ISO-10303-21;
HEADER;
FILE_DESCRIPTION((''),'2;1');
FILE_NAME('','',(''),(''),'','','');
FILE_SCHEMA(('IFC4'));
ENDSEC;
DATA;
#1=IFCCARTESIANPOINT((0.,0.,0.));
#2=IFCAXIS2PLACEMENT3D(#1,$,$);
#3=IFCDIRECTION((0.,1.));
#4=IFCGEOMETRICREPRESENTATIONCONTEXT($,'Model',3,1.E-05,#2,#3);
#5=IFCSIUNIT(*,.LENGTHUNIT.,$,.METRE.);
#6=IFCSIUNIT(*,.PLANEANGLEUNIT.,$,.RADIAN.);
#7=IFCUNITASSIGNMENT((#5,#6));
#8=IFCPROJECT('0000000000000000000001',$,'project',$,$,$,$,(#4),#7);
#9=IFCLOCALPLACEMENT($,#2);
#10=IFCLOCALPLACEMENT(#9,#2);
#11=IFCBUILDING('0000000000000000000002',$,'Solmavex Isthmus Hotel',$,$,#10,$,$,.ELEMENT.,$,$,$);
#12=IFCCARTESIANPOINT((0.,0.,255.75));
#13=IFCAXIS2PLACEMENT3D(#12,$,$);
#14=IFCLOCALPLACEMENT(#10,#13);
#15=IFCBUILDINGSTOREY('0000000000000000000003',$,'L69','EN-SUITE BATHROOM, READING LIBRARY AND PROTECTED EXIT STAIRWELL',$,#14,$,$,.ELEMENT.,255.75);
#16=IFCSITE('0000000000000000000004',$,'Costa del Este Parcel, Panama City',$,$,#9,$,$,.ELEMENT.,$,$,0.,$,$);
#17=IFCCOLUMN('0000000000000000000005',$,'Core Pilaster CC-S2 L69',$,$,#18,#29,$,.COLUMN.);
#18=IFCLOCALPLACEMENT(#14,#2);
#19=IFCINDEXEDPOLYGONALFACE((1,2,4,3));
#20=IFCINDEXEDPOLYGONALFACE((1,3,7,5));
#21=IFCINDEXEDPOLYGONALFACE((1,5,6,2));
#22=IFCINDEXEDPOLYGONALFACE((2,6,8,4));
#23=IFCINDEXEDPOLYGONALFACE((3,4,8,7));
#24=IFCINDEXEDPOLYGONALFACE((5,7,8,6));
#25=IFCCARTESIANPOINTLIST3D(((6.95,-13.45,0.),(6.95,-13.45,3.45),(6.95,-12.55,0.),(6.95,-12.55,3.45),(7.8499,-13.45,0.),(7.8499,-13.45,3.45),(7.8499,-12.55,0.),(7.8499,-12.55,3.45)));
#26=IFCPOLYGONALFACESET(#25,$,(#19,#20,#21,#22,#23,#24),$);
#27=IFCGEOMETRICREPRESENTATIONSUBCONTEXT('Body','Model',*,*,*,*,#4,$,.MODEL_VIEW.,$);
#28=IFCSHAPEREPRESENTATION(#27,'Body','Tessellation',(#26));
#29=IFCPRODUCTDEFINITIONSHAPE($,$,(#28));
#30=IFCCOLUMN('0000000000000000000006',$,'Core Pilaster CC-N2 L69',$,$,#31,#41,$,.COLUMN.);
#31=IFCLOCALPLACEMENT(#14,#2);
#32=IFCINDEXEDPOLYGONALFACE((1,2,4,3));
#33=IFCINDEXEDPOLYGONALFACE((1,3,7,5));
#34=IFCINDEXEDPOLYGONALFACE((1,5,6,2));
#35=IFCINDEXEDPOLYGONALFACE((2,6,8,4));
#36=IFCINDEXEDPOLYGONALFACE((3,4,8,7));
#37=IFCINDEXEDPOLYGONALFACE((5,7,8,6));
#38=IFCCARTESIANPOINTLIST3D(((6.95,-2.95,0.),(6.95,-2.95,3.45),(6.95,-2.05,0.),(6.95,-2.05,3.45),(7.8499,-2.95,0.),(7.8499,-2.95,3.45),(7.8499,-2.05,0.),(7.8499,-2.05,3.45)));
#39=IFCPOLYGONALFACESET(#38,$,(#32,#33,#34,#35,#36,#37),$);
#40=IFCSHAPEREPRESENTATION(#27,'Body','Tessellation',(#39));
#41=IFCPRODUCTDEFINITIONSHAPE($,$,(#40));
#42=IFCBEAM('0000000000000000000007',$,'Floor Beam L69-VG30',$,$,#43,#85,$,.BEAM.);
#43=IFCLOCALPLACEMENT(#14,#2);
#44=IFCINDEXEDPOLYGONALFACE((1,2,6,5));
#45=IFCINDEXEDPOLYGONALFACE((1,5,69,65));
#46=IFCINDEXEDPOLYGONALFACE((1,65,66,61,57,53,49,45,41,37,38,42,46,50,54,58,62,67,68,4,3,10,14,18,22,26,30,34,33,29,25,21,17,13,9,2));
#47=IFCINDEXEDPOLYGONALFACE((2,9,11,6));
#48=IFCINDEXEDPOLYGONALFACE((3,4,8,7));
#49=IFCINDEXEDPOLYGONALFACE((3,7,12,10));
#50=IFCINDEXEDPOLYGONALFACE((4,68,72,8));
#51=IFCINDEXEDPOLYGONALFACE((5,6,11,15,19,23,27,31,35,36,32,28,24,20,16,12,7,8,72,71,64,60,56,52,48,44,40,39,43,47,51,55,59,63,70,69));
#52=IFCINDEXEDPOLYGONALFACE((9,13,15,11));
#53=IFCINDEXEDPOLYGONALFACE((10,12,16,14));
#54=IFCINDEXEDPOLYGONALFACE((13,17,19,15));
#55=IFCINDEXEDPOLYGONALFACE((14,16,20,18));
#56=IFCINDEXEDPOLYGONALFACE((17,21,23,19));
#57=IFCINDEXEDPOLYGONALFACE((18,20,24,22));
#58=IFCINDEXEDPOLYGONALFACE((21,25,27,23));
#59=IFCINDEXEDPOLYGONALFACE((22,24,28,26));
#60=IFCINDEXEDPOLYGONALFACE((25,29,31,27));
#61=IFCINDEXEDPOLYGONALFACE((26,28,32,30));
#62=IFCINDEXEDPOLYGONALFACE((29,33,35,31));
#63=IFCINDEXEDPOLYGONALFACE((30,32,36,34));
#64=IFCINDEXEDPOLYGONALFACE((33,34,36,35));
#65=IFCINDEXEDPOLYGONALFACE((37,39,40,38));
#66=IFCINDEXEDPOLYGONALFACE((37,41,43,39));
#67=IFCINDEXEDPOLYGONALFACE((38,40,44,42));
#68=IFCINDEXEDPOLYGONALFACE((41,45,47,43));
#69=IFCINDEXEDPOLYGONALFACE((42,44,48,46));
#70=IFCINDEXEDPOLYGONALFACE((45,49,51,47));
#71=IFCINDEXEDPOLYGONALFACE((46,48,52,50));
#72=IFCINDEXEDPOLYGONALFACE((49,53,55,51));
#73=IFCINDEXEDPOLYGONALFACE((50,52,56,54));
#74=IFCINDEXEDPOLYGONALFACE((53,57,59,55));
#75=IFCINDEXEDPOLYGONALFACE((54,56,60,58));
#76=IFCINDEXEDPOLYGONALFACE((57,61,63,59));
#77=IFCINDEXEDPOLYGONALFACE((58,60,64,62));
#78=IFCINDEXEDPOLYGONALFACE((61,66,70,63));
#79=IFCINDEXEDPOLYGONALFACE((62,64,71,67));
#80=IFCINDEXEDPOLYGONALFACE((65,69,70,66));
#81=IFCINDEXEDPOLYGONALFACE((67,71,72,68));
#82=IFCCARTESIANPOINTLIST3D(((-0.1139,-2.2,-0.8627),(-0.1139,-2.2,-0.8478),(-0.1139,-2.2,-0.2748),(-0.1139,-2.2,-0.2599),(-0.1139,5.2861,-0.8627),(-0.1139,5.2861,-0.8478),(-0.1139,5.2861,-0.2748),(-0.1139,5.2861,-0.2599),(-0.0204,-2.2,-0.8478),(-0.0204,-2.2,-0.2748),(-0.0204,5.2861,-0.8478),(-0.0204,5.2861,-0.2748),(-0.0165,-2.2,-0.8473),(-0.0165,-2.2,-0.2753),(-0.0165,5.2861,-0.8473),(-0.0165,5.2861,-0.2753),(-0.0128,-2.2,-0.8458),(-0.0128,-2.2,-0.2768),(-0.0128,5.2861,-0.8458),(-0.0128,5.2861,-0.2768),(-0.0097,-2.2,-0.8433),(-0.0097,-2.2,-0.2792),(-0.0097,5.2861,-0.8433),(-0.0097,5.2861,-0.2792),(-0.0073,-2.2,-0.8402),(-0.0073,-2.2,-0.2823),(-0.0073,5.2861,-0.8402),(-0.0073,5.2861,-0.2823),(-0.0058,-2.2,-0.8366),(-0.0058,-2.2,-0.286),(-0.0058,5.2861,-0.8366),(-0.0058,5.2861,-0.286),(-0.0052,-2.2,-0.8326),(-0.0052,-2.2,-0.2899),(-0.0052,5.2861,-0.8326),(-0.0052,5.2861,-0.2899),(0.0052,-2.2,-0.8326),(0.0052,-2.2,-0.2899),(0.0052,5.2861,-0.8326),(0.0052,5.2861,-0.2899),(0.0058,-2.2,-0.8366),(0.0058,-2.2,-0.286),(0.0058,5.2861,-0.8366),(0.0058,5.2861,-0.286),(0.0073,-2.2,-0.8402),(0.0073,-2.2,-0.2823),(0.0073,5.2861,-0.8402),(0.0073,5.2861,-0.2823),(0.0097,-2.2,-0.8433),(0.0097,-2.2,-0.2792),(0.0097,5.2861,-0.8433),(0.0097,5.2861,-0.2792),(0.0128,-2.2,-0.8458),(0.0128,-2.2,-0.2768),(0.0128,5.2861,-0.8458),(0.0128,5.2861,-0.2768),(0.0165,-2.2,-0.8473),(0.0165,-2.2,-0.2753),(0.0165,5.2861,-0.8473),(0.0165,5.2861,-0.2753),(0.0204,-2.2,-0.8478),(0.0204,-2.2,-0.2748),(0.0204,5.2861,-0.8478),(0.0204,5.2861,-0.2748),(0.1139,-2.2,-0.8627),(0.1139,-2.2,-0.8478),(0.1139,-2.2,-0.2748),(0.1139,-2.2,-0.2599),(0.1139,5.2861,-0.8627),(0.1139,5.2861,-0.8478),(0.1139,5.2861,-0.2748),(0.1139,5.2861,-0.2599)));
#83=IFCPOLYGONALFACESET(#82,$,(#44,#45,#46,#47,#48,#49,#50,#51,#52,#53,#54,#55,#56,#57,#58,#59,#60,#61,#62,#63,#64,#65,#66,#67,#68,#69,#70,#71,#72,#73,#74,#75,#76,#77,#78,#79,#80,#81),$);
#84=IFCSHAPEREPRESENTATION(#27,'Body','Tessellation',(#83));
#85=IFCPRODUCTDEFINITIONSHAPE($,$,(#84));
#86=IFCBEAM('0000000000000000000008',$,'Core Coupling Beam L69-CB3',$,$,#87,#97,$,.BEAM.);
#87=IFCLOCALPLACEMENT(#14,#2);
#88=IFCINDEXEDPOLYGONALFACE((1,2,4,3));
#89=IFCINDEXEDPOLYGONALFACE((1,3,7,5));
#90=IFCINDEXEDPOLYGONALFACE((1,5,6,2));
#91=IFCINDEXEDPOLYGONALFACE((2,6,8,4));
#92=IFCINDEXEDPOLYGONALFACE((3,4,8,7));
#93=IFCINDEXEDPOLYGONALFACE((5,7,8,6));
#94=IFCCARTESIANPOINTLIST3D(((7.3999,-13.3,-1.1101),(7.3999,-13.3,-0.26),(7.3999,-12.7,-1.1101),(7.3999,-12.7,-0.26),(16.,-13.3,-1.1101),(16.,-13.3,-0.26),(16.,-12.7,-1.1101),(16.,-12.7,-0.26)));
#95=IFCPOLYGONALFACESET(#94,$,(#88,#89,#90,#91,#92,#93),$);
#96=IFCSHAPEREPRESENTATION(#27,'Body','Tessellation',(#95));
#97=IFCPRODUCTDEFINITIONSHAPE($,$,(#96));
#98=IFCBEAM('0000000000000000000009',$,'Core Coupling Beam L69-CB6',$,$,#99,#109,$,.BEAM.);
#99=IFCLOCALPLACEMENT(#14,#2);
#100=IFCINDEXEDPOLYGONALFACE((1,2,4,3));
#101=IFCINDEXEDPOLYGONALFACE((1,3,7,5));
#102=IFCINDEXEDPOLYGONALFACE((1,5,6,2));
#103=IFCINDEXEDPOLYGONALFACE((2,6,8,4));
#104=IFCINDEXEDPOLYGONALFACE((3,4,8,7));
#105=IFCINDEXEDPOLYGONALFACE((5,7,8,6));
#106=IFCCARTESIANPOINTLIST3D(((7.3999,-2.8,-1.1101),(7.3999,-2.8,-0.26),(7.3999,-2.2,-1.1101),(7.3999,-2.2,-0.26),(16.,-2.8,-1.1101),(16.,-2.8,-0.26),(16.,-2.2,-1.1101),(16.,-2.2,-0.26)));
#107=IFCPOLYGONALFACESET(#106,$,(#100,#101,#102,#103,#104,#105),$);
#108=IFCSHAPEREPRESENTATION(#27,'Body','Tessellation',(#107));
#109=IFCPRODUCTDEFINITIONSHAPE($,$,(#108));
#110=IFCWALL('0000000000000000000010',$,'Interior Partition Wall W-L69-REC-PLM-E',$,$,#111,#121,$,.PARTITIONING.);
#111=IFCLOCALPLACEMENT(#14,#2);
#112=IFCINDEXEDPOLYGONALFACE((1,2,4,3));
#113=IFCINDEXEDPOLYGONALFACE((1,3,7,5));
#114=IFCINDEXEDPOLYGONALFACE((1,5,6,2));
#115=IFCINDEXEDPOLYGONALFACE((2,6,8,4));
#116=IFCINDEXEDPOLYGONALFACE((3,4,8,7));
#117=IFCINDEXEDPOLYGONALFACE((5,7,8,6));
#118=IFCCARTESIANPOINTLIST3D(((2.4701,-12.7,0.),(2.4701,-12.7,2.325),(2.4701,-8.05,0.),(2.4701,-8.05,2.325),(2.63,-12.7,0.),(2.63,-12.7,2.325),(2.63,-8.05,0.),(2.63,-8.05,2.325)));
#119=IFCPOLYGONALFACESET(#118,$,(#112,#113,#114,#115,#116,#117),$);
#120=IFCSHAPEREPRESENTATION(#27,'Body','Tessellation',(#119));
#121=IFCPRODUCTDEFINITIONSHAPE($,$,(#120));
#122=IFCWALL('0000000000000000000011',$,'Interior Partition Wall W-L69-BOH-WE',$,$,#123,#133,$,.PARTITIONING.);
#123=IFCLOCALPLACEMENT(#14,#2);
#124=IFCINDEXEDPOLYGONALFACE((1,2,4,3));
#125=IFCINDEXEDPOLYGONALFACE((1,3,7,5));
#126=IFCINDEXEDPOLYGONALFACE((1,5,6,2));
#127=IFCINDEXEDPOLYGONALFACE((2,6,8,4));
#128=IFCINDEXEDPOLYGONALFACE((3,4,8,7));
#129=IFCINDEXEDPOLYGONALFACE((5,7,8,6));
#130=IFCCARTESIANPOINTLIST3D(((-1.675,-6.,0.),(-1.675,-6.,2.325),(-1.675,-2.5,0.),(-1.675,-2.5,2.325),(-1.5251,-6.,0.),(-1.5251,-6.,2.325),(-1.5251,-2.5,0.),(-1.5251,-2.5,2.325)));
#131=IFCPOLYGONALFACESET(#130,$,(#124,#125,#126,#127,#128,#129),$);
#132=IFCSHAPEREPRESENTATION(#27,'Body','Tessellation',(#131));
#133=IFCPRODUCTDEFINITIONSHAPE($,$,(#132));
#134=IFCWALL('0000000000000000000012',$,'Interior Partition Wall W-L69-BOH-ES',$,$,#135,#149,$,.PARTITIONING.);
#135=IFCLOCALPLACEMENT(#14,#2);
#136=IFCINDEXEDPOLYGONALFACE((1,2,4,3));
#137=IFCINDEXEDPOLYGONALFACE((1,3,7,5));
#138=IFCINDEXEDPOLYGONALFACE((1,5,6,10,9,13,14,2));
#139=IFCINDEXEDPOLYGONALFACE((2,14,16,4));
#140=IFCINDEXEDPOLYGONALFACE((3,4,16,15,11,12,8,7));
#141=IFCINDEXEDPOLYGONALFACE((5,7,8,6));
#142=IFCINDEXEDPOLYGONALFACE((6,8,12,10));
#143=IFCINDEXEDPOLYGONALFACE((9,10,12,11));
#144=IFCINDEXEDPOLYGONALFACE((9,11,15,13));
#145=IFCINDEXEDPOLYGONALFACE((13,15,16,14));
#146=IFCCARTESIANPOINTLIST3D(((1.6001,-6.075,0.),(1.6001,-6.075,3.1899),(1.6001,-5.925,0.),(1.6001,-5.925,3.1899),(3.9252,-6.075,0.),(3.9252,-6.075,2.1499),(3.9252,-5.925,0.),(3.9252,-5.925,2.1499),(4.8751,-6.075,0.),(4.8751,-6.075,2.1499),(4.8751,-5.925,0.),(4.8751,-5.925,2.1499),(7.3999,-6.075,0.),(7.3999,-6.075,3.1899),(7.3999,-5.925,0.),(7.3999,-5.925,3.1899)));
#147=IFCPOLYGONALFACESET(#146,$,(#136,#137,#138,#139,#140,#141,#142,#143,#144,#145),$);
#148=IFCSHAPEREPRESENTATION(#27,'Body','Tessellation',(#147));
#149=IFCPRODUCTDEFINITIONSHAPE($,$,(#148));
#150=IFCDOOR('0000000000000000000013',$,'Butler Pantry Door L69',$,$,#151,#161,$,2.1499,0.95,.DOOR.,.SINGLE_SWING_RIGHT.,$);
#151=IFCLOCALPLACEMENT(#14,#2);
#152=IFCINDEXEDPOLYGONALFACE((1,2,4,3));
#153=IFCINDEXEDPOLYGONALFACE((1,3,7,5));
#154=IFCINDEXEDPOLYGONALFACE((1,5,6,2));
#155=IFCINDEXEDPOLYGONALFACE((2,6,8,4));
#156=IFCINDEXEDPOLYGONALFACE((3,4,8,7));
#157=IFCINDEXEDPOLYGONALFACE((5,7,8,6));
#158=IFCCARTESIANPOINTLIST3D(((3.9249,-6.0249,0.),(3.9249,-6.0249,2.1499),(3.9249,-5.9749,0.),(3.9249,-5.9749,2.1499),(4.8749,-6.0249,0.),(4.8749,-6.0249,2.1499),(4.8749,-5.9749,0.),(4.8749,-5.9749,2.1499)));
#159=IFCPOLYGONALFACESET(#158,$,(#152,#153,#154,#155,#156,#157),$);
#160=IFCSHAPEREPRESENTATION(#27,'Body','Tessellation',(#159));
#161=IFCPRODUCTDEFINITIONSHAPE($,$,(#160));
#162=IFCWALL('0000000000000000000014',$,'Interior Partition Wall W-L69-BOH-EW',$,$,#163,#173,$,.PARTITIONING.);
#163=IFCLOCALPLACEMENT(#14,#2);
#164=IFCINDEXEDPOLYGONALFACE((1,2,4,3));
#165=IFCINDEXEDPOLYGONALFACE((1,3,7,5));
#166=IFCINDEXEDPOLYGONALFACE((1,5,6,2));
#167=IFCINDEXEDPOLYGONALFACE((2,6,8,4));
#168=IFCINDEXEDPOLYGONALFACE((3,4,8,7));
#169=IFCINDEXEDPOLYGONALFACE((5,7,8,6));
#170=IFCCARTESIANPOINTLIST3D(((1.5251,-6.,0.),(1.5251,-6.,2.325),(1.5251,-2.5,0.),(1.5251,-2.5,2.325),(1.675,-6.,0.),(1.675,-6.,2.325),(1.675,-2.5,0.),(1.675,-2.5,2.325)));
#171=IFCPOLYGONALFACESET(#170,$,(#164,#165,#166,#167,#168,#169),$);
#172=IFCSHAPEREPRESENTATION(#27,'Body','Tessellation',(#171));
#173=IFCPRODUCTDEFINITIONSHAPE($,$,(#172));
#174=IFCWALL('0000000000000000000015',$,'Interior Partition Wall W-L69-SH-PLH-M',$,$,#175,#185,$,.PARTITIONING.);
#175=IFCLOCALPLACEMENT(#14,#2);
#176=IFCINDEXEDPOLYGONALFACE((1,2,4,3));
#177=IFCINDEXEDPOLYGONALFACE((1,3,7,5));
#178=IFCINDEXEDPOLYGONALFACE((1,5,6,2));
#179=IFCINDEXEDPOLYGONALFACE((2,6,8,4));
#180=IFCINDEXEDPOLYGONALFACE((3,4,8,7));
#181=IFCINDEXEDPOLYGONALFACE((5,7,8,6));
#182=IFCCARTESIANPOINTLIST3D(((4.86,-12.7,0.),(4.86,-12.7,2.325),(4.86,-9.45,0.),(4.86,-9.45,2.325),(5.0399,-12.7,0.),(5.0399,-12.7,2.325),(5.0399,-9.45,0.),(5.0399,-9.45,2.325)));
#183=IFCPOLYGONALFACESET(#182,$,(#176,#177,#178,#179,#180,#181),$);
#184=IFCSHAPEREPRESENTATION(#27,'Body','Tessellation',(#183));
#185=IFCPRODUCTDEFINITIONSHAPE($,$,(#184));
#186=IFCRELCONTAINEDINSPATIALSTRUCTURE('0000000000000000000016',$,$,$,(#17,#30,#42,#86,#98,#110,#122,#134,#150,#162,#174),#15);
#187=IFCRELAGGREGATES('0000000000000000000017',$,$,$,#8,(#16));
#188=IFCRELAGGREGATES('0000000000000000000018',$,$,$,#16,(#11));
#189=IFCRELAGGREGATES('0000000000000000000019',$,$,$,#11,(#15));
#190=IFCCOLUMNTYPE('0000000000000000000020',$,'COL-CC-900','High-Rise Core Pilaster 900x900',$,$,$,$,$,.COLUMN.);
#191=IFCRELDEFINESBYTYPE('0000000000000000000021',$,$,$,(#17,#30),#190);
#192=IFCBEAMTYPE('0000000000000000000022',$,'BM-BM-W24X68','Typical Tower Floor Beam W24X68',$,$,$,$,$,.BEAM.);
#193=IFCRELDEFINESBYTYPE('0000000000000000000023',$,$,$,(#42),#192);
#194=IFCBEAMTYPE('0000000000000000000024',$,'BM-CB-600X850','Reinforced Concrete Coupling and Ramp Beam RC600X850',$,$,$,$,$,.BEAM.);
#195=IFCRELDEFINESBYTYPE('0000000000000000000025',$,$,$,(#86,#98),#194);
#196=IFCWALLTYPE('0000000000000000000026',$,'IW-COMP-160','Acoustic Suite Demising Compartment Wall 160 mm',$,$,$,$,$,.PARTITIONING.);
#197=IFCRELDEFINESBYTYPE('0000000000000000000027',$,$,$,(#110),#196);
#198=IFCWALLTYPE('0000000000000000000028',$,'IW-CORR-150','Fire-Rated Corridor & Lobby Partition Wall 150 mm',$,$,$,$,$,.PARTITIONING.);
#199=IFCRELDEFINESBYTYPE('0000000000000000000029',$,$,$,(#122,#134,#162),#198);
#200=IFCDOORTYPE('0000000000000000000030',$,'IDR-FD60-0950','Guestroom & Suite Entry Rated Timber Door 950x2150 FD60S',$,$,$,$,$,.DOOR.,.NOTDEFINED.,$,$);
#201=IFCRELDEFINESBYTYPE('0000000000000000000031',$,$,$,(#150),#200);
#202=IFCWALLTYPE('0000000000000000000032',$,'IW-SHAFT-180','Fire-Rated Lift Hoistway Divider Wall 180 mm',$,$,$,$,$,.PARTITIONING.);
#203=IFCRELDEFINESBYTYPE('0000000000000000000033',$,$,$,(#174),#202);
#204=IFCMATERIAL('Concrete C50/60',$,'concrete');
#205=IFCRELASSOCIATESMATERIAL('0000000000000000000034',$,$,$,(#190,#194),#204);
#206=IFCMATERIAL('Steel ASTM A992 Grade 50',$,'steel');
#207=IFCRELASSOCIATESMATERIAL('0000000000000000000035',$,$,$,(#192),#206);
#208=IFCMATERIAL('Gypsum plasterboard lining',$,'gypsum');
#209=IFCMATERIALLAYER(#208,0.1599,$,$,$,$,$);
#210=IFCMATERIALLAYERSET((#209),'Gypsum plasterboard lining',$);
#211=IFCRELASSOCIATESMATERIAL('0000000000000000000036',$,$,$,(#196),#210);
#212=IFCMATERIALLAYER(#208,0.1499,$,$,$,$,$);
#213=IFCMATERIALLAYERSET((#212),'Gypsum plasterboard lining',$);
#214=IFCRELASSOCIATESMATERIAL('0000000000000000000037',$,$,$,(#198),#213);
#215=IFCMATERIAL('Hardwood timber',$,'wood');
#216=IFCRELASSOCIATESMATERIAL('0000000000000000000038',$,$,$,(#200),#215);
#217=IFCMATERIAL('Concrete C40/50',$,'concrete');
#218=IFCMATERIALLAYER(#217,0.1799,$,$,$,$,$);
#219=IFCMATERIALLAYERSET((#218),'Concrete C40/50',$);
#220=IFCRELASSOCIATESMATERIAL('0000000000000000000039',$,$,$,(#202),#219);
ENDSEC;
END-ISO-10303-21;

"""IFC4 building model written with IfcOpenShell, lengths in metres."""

from ifc_helpers import new_model, si_unit, direction, frame, frame_2d, origin, origin_2d, place, context, subcontext, project, spatial, rectangle, i_section, extrude, material, layer, layer_set, material_profile, profile_set, type_object, element, fill, save


model = new_model("IFC4")

# Units and contexts
model_context = context("Model", 3, precision=1e-05, world=origin(), true_north=direction((0.0, 1.0)))
body_context = subcontext(model_context, "Body", "Model", "MODEL_VIEW")
ifc_project = project(units=[si_unit("LENGTHUNIT", "METRE"), si_unit("PLANEANGLEUNIT", "RADIAN")], contexts=[model_context])

# Site, building, storey
site_placement = place(None, origin())
site = spatial("IfcSite", under=ifc_project, at=site_placement, Name="Costa del Este Parcel, Panama City", CompositionType="ELEMENT", RefElevation=0.0)
building_placement = place(site_placement, origin())
building = spatial("IfcBuilding", under=site, at=building_placement, Name="Solmavex Isthmus Hotel", CompositionType="ELEMENT")
storey_placement = place(building_placement, frame((0.0, 0.0, 255.75)))
storey = spatial("IfcBuildingStorey", under=building, at=storey_placement, Name="L69", Description="EN-SUITE BATHROOM, READING LIBRARY AND PROTECTED EXIT STAIRWELL", CompositionType="ELEMENT", Elevation=255.75)

# Columns
ifc_material_1 = material(Name="Concrete C50/60", Category="concrete")
ifc_material_profile_1 = material_profile(ifc_material_1, rectangle(XDim=0.8999, YDim=0.8999, at=origin_2d()), Name="RC900X900")
ifc_profile_set_1 = profile_set([ifc_material_profile_1], Name="Concrete C50/60")
column_type = type_object("IfcColumnType", Name="COL-CC-900", Description="High-Rise Core Pilaster 900x900", PredefinedType="COLUMN", material=ifc_profile_set_1)
for number, where, z_axis, x_axis, name in (
    (1, (7.3999, -13.0, 0.0), (0.0, 0.0, 1.0), (1.0, 0.0, 0.0), "Core Pilaster CC-S2 L69"),
    (2, (7.3999, -2.5, 0.0), (0.0, 0.0, 1.0), (1.0, 0.0, 0.0), "Core Pilaster CC-N2 L69"),
):
    element("IfcColumn", number, at=place(storey_placement, frame(where, z_axis=z_axis, x_axis=x_axis)), inside=storey, type_object=column_type, Name=name, PredefinedType="COLUMN", context=body_context, shape_type="SweptSolid", body=[
        extrude(rectangle(XDim=0.8999, YDim=0.8999, at=origin_2d()), origin(), (0.0, 0.0, 1.0), 3.45),
    ])

# Beams
ifc_material_2 = material(Name="Steel ASTM A992 Grade 50", Category="steel")
ifc_material_profile_2 = material_profile(ifc_material_2, i_section(OverallWidth=0.2278, OverallDepth=0.6028, WebThickness=0.0105, FlangeThickness=0.0149, FilletRadius=0.0151, at=origin_2d()), Name="W24X68")
ifc_profile_set_2 = profile_set([ifc_material_profile_2], Name="Steel ASTM A992 Grade 50")
beam_type_1 = type_object("IfcBeamType", Name="BM-BM-W24X68", Description="Typical Tower Floor Beam W24X68", PredefinedType="BEAM", material=ifc_profile_set_2)
beam_placement = place(storey_placement, frame((0.0, -2.2, -0.5613), z_axis=(0.0, 1.0, 0.0), x_axis=(-1.0, 0.0, 0.0)))
element("IfcBeam", 3, at=beam_placement, inside=storey, type_object=beam_type_1, Name="Floor Beam L69-VG30", PredefinedType="BEAM", context=body_context, shape_type="SweptSolid", body=[
    extrude(i_section(OverallWidth=0.2278, OverallDepth=0.6028, WebThickness=0.0105, FlangeThickness=0.0149, FilletRadius=0.0151, at=origin_2d()), origin(), (0.0, 0.0, 1.0), 7.4861),
])
ifc_material_profile_3 = material_profile(ifc_material_1, rectangle(XDim=0.6001, YDim=0.8501, at=origin_2d()), Name="RC600X850")
ifc_profile_set_3 = profile_set([ifc_material_profile_3], Name="Concrete C50/60")
beam_type_2 = type_object("IfcBeamType", Name="BM-CB-600X850", Description="Reinforced Concrete Coupling and Ramp Beam RC600X850", PredefinedType="BEAM", material=ifc_profile_set_3)
for number, where, z_axis, x_axis, name in (
    (4, (7.3999, -13.0, -0.6851), (1.0, 0.0, 0.0), (0.0, 1.0, 0.0), "Core Coupling Beam L69-CB3"),
    (5, (7.3999, -2.5, -0.6851), (1.0, 0.0, 0.0), (0.0, 1.0, 0.0), "Core Coupling Beam L69-CB6"),
):
    element("IfcBeam", number, at=place(storey_placement, frame(where, z_axis=z_axis, x_axis=x_axis)), inside=storey, type_object=beam_type_2, Name=name, PredefinedType="BEAM", context=body_context, shape_type="SweptSolid", body=[
        extrude(rectangle(XDim=0.6001, YDim=0.8501, at=origin_2d()), origin(), (0.0, 0.0, 1.0), 8.6001),
    ])

# Walls
ifc_material_3 = material(Name="Gypsum plasterboard lining", Category="gypsum")
ifc_layer_1 = layer(ifc_material_3, 0.1599)
ifc_layer_set_1 = layer_set([ifc_layer_1], Name="Gypsum plasterboard lining")
wall_type_1 = type_object("IfcWallType", Name="IW-COMP-160", Description="Acoustic Suite Demising Compartment Wall 160 mm", PredefinedType="PARTITIONING", material=ifc_layer_set_1)
wall_1_placement = place(storey_placement, frame((2.55, -12.7, 0.0), z_axis=(0.0, 0.0, 1.0), x_axis=(0.0, 1.0, 0.0)))
element("IfcWall", 6, at=wall_1_placement, inside=storey, type_object=wall_type_1, Name="Interior Partition Wall W-L69-REC-PLM-E", PredefinedType="PARTITIONING", context=body_context, shape_type="SweptSolid", body=[
    extrude(rectangle(XDim=4.6499, YDim=0.1599, at=frame_2d((2.325, 0.0))), origin(), (0.0, 0.0, 1.0), 2.325),
])
ifc_layer_2 = layer(ifc_material_3, 0.1499)
ifc_layer_set_2 = layer_set([ifc_layer_2], Name="Gypsum plasterboard lining")
wall_type_2 = type_object("IfcWallType", Name="IW-CORR-150", Description="Fire-Rated Corridor & Lobby Partition Wall 150 mm", PredefinedType="PARTITIONING", material=ifc_layer_set_2)
wall_2_placement = place(storey_placement, frame((-1.6001, -6.0, 0.0), z_axis=(0.0, 0.0, 1.0), x_axis=(0.0, 1.0, 0.0)))
element("IfcWall", 7, at=wall_2_placement, inside=storey, type_object=wall_type_2, Name="Interior Partition Wall W-L69-BOH-WE", PredefinedType="PARTITIONING", context=body_context, shape_type="SweptSolid", body=[
    extrude(rectangle(XDim=3.5, YDim=0.1499, at=frame_2d((1.75, 0.0))), origin(), (0.0, 0.0, 1.0), 2.325),
])

# Wall, opening, door
wall_3_placement = place(storey_placement, frame((1.6001, -6.0, 0.0), z_axis=(0.0, 0.0, 1.0), x_axis=(1.0, 0.0, 0.0)))
wall_3 = element("IfcWall", 8, at=wall_3_placement, inside=storey, type_object=wall_type_2, Name="Interior Partition Wall W-L69-BOH-ES", PredefinedType="PARTITIONING", context=body_context, shape_type="SweptSolid", body=[
    extrude(rectangle(XDim=5.7998, YDim=0.1499, at=frame_2d((2.8999, 0.0))), origin(), (0.0, 0.0, 1.0), 3.1899),
])
opening_1_placement = place(wall_3_placement, frame((2.325, 0.0, 0.0)))
opening_1 = element("IfcOpeningElement", 9, at=opening_1_placement, cuts=wall_3, PredefinedType="OPENING", context=body_context, shape_type="SweptSolid", body=[
    extrude(rectangle(XDim=0.95, YDim=2.1499, at=frame_2d((0.4751, 1.075))), frame((0.0, 0.085, 0.0), z_axis=(0.0, -1.0, 0.0), x_axis=(1.0, 0.0, 0.0)), (0.0, 0.0, 1.0), 0.1699),
])
ifc_material_4 = material(Name="Hardwood timber", Category="wood")
door_type_1 = type_object("IfcDoorType", Name="IDR-FD60-0950", Description="Guestroom & Suite Entry Rated Timber Door 950x2150 FD60S", OperationType="NOTDEFINED", PredefinedType="DOOR", material=ifc_material_4)
door_1_placement = place(opening_1_placement, frame((0.95, 0.0, 0.0), z_axis=(0.0, 0.0, 1.0), x_axis=(-1.0, 0.0, 0.0)))
door_1 = element("IfcDoor", 10, at=door_1_placement, inside=storey, type_object=door_type_1, Name="Butler Pantry Door L69", OperationType="SINGLE_SWING_RIGHT", OverallHeight=2.1499, OverallWidth=0.95, PredefinedType="DOOR", context=body_context, shape_type="SweptSolid", body=[
    extrude(rectangle(XDim=0.95, YDim=2.1499, at=frame_2d((0.4751, 1.075))), frame((0.0, 0.0249, 0.0), z_axis=(0.0, -1.0, 0.0), x_axis=(1.0, 0.0, 0.0)), (0.0, 0.0, 1.0), 0.05),
])
fill(opening_1, door_1)

# Walls
wall_4_placement = place(storey_placement, frame((1.6001, -6.0, 0.0), z_axis=(0.0, 0.0, 1.0), x_axis=(0.0, 1.0, 0.0)))
element("IfcWall", 11, at=wall_4_placement, inside=storey, type_object=wall_type_2, Name="Interior Partition Wall W-L69-BOH-EW", PredefinedType="PARTITIONING", context=body_context, shape_type="SweptSolid", body=[
    extrude(rectangle(XDim=3.5, YDim=0.1499, at=frame_2d((1.75, 0.0))), origin(), (0.0, 0.0, 1.0), 2.325),
])
ifc_material_5 = material(Name="Concrete C40/50", Category="concrete")
ifc_layer_3 = layer(ifc_material_5, 0.1799)
ifc_layer_set_3 = layer_set([ifc_layer_3], Name="Concrete C40/50")
wall_type_3 = type_object("IfcWallType", Name="IW-SHAFT-180", Description="Fire-Rated Lift Hoistway Divider Wall 180 mm", PredefinedType="PARTITIONING", material=ifc_layer_set_3)
wall_5_placement = place(storey_placement, frame((4.95, -12.7, 0.0), z_axis=(0.0, 0.0, 1.0), x_axis=(0.0, 1.0, 0.0)))
element("IfcWall", 12, at=wall_5_placement, inside=storey, type_object=wall_type_3, Name="Interior Partition Wall W-L69-SH-PLH-M", PredefinedType="PARTITIONING", context=body_context, shape_type="SweptSolid", body=[
    extrude(rectangle(XDim=3.25, YDim=0.1799, at=frame_2d((1.625, 0.0))), origin(), (0.0, 0.0, 1.0), 2.325),
])

save(model, "model.ifc")
